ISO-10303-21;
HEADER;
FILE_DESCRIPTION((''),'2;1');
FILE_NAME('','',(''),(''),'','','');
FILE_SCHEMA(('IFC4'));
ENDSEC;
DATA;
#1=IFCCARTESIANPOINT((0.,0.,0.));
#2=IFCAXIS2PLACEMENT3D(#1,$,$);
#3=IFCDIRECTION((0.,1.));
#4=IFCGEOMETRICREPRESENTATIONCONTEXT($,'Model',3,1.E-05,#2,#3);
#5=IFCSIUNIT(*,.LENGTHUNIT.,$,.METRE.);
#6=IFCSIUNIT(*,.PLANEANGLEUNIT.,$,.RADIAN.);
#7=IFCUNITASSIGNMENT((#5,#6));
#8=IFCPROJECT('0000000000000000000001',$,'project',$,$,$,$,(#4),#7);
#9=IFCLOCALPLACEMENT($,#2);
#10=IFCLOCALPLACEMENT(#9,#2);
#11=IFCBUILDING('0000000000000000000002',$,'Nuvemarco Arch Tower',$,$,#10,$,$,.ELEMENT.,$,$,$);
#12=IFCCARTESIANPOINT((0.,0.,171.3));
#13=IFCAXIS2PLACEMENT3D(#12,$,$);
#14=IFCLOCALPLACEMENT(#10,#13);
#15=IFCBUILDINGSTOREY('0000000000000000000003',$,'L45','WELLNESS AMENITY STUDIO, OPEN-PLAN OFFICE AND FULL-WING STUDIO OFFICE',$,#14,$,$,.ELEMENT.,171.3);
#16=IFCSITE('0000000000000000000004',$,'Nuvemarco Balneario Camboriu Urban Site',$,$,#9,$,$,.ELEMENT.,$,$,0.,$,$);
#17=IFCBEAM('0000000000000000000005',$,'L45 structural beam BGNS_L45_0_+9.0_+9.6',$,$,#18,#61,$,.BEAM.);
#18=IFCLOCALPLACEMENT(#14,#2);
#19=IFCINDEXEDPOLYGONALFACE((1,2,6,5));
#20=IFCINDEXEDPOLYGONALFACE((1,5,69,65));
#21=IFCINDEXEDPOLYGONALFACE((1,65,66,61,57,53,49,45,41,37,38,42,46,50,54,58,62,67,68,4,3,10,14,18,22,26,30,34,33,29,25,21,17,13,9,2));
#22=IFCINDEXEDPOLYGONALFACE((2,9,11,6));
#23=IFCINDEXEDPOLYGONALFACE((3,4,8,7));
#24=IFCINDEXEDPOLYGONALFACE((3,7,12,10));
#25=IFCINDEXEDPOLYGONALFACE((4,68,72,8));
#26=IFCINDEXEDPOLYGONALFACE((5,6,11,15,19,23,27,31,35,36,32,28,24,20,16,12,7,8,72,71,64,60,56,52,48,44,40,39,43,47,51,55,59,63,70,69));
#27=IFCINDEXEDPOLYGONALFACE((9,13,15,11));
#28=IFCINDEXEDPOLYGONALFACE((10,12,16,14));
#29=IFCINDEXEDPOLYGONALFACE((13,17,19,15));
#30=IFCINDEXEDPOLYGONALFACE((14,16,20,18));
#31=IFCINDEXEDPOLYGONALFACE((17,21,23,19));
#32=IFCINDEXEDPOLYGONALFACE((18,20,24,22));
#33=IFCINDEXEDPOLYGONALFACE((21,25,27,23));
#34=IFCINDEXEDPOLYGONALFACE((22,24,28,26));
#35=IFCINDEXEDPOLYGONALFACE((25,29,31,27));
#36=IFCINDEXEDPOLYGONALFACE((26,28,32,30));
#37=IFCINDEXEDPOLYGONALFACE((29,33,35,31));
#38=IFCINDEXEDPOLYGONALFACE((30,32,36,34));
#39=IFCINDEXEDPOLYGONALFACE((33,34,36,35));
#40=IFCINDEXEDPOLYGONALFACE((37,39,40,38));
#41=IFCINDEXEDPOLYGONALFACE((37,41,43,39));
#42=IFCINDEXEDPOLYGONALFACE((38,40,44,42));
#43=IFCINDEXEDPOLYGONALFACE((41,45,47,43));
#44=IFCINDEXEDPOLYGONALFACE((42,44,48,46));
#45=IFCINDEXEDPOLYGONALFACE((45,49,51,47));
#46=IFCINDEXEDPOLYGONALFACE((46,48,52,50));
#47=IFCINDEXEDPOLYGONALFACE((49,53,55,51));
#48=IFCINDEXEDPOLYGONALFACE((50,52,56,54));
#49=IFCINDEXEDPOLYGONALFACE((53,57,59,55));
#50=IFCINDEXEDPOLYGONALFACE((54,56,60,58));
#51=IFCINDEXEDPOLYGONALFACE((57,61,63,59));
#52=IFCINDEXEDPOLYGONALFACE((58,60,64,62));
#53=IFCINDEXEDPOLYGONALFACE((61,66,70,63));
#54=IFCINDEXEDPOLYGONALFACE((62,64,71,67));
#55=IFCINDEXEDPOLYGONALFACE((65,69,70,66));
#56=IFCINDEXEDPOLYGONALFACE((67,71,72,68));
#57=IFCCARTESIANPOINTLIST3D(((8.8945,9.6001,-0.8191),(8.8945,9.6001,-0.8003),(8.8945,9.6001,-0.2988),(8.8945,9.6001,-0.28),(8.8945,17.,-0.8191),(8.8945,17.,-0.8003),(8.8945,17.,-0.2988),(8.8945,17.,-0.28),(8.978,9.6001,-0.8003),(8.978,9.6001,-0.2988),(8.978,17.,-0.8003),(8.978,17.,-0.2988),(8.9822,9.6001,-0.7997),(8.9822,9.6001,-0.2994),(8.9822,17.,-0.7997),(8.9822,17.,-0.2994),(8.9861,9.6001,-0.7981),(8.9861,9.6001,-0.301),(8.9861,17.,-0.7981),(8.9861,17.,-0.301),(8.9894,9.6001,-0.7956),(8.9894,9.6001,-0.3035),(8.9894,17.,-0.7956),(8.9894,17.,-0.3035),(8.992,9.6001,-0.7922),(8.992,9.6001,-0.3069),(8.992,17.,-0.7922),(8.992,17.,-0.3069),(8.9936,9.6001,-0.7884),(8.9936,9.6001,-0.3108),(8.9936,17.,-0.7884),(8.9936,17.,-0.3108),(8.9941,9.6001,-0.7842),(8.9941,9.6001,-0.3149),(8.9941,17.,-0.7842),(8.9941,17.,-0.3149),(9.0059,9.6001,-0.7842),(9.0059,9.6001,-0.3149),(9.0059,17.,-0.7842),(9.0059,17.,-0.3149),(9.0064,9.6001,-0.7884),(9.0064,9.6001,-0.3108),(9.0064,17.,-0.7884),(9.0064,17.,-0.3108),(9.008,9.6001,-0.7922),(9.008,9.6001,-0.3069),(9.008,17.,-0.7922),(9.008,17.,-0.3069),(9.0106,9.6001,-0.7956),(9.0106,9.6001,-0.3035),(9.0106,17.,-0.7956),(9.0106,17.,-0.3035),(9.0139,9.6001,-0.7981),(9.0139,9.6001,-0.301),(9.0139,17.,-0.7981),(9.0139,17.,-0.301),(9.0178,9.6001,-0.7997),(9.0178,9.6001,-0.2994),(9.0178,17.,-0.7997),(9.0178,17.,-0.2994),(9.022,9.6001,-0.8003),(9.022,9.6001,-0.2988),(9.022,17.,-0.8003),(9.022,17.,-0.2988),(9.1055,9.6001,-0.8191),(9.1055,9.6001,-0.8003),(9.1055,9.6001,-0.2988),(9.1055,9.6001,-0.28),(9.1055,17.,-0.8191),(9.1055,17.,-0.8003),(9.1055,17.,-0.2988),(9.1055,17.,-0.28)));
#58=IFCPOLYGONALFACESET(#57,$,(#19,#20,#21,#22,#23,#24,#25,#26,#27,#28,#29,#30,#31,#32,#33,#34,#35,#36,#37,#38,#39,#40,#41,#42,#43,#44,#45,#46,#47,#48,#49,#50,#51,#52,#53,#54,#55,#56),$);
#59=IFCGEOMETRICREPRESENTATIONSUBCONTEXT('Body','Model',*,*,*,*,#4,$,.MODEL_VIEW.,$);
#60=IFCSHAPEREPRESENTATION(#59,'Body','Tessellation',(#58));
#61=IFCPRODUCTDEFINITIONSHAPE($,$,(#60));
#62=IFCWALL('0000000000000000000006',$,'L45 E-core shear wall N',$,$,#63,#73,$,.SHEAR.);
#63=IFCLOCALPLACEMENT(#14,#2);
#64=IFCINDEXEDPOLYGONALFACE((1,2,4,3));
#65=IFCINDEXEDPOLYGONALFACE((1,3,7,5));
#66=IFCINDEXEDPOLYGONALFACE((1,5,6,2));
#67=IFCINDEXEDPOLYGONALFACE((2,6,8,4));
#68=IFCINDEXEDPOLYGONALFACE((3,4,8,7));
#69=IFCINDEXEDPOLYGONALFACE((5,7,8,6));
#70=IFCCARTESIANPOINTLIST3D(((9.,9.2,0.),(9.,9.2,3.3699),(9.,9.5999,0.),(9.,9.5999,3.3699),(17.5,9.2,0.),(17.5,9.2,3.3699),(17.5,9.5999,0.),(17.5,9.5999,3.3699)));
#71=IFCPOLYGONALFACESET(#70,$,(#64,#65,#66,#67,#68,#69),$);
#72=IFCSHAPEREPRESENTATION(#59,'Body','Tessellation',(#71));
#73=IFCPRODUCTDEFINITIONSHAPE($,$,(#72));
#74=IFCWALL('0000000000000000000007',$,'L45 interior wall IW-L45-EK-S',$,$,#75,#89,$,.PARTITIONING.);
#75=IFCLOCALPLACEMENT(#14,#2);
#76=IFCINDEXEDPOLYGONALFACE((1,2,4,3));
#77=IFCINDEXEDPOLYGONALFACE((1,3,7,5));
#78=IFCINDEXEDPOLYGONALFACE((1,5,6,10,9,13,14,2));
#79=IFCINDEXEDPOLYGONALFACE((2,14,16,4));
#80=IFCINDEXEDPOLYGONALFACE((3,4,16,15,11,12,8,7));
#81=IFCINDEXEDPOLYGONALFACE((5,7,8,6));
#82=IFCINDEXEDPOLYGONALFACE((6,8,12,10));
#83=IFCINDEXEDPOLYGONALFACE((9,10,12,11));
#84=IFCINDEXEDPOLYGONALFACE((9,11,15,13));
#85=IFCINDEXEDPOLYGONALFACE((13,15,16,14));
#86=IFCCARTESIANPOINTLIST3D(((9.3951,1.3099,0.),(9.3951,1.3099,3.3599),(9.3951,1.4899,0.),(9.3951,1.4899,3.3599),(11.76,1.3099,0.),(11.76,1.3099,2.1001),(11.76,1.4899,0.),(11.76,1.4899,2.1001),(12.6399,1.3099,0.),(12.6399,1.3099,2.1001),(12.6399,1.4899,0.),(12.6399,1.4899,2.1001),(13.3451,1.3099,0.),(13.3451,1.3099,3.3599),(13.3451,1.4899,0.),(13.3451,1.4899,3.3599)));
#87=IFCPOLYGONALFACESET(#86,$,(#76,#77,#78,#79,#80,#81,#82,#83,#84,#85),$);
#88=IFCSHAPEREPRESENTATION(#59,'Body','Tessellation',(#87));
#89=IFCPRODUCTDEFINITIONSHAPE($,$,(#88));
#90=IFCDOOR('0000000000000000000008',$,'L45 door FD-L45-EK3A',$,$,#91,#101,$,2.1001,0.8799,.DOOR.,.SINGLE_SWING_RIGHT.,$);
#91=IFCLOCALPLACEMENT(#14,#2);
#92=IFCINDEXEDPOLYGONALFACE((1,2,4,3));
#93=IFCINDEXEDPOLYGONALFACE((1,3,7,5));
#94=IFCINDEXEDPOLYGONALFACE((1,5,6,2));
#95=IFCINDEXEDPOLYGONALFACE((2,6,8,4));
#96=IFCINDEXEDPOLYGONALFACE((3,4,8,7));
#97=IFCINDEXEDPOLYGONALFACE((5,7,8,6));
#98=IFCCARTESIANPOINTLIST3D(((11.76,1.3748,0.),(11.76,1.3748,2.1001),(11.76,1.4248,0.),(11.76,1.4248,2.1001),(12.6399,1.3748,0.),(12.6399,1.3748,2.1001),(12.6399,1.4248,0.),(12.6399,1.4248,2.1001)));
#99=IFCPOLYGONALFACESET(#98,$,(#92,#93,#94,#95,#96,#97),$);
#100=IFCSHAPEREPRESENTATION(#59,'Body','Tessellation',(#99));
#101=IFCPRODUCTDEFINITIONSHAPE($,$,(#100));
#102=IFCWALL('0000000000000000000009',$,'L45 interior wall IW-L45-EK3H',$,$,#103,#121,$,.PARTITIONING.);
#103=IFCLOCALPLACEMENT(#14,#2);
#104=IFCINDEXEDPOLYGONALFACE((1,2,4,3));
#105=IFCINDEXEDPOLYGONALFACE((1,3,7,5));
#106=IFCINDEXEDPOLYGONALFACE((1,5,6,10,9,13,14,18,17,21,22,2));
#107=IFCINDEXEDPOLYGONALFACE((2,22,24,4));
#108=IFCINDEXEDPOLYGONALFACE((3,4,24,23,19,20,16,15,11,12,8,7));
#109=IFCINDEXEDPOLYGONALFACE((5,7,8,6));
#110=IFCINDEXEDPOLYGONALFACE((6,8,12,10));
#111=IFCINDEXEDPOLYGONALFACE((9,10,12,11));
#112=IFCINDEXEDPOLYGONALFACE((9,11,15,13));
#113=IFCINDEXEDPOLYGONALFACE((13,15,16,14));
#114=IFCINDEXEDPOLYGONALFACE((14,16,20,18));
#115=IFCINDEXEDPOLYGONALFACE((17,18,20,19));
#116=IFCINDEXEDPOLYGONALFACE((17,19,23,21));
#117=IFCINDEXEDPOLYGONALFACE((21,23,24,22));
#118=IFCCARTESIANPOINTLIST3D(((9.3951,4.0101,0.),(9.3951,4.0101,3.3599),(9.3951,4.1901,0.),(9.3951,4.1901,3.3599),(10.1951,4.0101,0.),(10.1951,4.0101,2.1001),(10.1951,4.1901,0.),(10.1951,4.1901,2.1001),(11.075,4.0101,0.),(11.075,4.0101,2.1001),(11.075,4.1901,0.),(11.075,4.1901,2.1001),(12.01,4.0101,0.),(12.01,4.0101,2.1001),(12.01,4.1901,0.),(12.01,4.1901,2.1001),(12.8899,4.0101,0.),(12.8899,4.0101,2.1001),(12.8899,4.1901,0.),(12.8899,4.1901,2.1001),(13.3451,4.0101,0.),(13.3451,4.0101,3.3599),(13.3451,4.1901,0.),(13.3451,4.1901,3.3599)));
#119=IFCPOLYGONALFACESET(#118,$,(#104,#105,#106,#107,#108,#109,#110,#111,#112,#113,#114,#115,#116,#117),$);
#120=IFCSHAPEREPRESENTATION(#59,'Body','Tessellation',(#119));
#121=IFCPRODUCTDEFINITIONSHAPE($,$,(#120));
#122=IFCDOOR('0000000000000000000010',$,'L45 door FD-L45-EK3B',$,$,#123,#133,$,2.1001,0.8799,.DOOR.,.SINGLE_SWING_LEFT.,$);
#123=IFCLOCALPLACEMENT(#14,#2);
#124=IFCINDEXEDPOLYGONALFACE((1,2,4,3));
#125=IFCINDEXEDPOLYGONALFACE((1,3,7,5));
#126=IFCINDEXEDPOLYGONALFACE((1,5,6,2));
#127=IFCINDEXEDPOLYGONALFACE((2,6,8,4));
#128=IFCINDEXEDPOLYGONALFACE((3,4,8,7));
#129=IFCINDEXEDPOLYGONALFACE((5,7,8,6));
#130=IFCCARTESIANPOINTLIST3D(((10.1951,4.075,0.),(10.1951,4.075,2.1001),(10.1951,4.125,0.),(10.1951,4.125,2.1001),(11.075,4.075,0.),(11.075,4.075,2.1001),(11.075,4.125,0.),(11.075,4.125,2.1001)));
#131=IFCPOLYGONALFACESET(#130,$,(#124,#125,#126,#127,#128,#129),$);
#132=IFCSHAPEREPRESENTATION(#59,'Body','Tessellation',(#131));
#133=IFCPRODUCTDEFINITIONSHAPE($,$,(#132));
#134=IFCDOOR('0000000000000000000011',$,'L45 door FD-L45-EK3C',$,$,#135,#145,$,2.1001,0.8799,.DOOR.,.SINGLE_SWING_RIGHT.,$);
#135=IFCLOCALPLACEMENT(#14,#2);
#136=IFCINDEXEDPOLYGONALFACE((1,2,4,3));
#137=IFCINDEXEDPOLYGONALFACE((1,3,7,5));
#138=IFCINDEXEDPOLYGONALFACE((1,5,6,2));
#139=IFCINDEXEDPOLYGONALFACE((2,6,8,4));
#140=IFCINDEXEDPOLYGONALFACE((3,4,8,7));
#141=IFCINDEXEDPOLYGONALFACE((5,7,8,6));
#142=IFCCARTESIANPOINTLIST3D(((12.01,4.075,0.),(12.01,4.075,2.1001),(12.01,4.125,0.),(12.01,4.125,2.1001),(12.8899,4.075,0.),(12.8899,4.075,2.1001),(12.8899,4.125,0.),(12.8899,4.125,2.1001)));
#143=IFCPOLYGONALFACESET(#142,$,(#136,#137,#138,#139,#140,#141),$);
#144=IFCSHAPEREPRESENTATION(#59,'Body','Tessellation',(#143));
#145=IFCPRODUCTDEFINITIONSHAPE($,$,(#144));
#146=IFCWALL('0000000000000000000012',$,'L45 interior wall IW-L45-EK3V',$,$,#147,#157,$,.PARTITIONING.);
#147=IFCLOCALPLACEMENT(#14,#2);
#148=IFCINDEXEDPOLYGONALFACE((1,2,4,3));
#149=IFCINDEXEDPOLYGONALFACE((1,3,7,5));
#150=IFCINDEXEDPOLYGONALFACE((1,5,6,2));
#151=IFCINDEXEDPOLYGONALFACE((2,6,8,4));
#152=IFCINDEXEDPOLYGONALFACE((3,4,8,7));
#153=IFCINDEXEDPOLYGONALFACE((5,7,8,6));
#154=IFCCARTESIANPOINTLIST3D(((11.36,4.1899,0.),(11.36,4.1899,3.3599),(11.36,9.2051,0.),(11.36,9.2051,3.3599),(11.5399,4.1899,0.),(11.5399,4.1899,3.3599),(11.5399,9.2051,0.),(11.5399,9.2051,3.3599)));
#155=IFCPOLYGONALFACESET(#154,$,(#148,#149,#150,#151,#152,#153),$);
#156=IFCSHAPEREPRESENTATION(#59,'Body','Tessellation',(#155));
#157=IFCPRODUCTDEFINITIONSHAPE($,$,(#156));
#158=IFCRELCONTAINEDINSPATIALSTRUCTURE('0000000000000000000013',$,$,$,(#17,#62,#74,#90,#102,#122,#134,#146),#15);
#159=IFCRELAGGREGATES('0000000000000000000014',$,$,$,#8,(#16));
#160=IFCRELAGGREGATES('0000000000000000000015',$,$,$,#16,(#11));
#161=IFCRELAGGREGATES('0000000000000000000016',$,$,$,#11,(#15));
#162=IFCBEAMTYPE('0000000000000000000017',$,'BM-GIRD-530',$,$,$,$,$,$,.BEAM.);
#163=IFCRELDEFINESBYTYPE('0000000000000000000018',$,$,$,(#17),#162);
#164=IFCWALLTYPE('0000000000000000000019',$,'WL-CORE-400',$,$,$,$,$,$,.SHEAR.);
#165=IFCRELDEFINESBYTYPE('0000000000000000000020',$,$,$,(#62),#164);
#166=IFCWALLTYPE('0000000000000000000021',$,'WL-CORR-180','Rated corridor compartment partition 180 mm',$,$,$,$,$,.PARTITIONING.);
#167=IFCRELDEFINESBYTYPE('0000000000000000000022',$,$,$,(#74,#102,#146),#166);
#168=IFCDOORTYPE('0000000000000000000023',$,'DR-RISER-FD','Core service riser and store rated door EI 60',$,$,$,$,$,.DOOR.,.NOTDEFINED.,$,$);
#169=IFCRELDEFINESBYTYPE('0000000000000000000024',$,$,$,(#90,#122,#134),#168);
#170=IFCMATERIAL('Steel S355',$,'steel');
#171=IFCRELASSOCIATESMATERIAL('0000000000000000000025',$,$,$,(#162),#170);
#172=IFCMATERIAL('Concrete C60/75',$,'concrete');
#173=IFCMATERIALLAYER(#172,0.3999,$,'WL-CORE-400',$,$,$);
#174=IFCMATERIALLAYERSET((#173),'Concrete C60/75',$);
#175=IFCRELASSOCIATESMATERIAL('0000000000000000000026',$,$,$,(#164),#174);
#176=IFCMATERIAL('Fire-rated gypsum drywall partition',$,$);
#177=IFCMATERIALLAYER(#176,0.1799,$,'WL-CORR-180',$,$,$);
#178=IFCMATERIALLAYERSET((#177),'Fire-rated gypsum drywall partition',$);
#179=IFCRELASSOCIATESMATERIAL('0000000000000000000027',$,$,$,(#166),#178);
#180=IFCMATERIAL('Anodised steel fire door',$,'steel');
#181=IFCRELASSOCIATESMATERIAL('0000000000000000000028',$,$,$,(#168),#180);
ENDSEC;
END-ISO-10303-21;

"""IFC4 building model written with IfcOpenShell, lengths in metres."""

from ifc_helpers import new_model, si_unit, direction, frame, frame_2d, origin, origin_2d, place, context, subcontext, project, spatial, rectangle, i_section, extrude, source, transform, mapped, material, layer, layer_set, material_profile, profile_set, type_object, type_shapes, element, fill, save


model = new_model("IFC4")

# Units and contexts
model_context = context("Model", 3, precision=1e-05, world=origin(), true_north=direction((0.0, 1.0)))
body_context = subcontext(model_context, "Body", "Model", "MODEL_VIEW")
ifc_project = project(units=[si_unit("LENGTHUNIT", "METRE"), si_unit("PLANEANGLEUNIT", "RADIAN")], contexts=[model_context])

# Site, building, storey
site_placement = place(None, origin())
site = spatial("IfcSite", under=ifc_project, at=site_placement, Name="Nuvemarco Balneario Camboriu Urban Site", CompositionType="ELEMENT", RefElevation=0.0)
building_placement = place(site_placement, origin())
building = spatial("IfcBuilding", under=site, at=building_placement, Name="Nuvemarco Arch Tower", CompositionType="ELEMENT")
storey_placement = place(building_placement, frame((0.0, 0.0, 171.3)))
storey = spatial("IfcBuildingStorey", under=building, at=storey_placement, Name="L45", Description="WELLNESS AMENITY STUDIO, OPEN-PLAN OFFICE AND FULL-WING STUDIO OFFICE", CompositionType="ELEMENT", Elevation=171.3)

# Shared definitions
ifc_material_1 = material(Name="Steel S355", Category="steel")

# Beam
ifc_material_2 = material(Name="Concrete C60/75", Category="concrete")
ifc_material_profile_1 = material_profile(ifc_material_1, i_section(OverallWidth=0.2109, OverallDepth=0.5391, WebThickness=0.0117, FlangeThickness=0.0188, FilletRadius=0.0161, at=origin_2d()), Name="W530x109")
ifc_profile_set_1 = profile_set([ifc_material_profile_1], Name="Steel S355")
beam_type_1 = type_object("IfcBeamType", Name="BM-GIRD-530", PredefinedType="BEAM", material=ifc_profile_set_1)
beam_1_placement = place(storey_placement, frame((9.0, 9.6001, -0.5496), z_axis=(0.0, 1.0, 0.0), x_axis=(-1.0, 0.0, 0.0)))
element("IfcBeam", 1, at=beam_1_placement, inside=storey, type_object=beam_type_1, Name="L45 structural beam BGNS_L45_0_+9.0_+9.6", PredefinedType="BEAM", context=body_context, shape_type="SweptSolid", body=[
    extrude(i_section(OverallWidth=0.2109, OverallDepth=0.5391, WebThickness=0.0117, FlangeThickness=0.0188, FilletRadius=0.0161, at=origin_2d()), origin(), (0.0, 0.0, 1.0), 7.3999),
])

# Wall
ifc_layer_1 = layer(ifc_material_2, 0.3999, Name="WL-CORE-400")
ifc_layer_set_1 = layer_set([ifc_layer_1], Name="Concrete C60/75")
wall_type_1 = type_object("IfcWallType", Name="WL-CORE-400", PredefinedType="SHEAR", material=ifc_layer_set_1)
wall_1_placement = place(storey_placement, frame((9.0, 9.3999, 0.0), z_axis=(0.0, 0.0, 1.0), x_axis=(1.0, 0.0, 0.0)))
element("IfcWall", 2, at=wall_1_placement, inside=storey, type_object=wall_type_1, Name="L45 E-core shear wall N", PredefinedType="SHEAR", context=body_context, shape_type="SweptSolid", body=[
    extrude(rectangle(XDim=8.5, YDim=0.3999, at=frame_2d((4.25, 0.0))), origin(), (0.0, 0.0, 1.0), 3.3699),
])

# Wall, opening, door
ifc_material_3 = material(Name="Fire-rated gypsum drywall partition")
ifc_layer_2 = layer(ifc_material_3, 0.1799, Name="WL-CORR-180")
ifc_layer_set_2 = layer_set([ifc_layer_2], Name="Fire-rated gypsum drywall partition")
wall_type_2 = type_object("IfcWallType", Name="WL-CORR-180", Description="Rated corridor compartment partition 180 mm", PredefinedType="PARTITIONING", material=ifc_layer_set_2)
wall_2_placement = place(storey_placement, frame((9.395, 1.3999, 0.0), z_axis=(0.0, 0.0, 1.0), x_axis=(1.0, 0.0, 0.0)))
wall_2 = element("IfcWall", 3, at=wall_2_placement, inside=storey, type_object=wall_type_2, Name="L45 interior wall IW-L45-EK-S", PredefinedType="PARTITIONING", context=body_context, shape_type="SweptSolid", body=[
    extrude(rectangle(XDim=3.95, YDim=0.1799, at=frame_2d((1.9751, 0.0))), origin(), (0.0, 0.0, 1.0), 3.3599),
])
opening_1_placement = place(wall_2_placement, frame((2.365, 0.0, 0.0)))
opening_1 = element("IfcOpeningElement", 4, at=opening_1_placement, cuts=wall_2, PredefinedType="OPENING", context=body_context, shape_type="SweptSolid", body=[
    extrude(rectangle(XDim=0.8799, YDim=2.1001, at=frame_2d((0.4399, 1.05))), frame((0.0, 0.0999, 0.0), z_axis=(0.0, -1.0, 0.0), x_axis=(1.0, 0.0, 0.0)), (0.0, 0.0, 1.0), 0.2),
])
ifc_material_4 = material(Name="Anodised steel fire door", Category="steel")
door_type_1 = type_object("IfcDoorType", Name="DR-RISER-FD", Description="Core service riser and store rated door EI 60", OperationType="NOTDEFINED", PredefinedType="DOOR", material=ifc_material_4)
shared_shape_1 = source(origin(), body_context, "Body", "SweptSolid", [
    extrude(rectangle(XDim=0.8799, YDim=2.1001, at=frame_2d((0.4399, 1.05))), frame((0.0, 0.0249, 0.0), z_axis=(0.0, -1.0, 0.0), x_axis=(1.0, 0.0, 0.0)), (0.0, 0.0, 1.0), 0.05),
])
type_shapes(door_type_1, [shared_shape_1])
door_1_placement = place(opening_1_placement, origin())
door_1 = element("IfcDoor", 5, at=door_1_placement, inside=storey, type_object=door_type_1, Name="L45 door FD-L45-EK3A", OperationType="SINGLE_SWING_RIGHT", OverallHeight=2.1001, OverallWidth=0.8799, PredefinedType="DOOR", context=body_context, shape_type="MappedRepresentation", body=[
    mapped(shared_shape_1, transform((0.0, 0.0, 0.0), scale=1.0)),
])
fill(opening_1, door_1)

# Wall, openings, doors
wall_3_placement = place(storey_placement, frame((9.395, 4.1001, 0.0), z_axis=(0.0, 0.0, 1.0), x_axis=(1.0, 0.0, 0.0)))
wall_3 = element("IfcWall", 6, at=wall_3_placement, inside=storey, type_object=wall_type_2, Name="L45 interior wall IW-L45-EK3H", PredefinedType="PARTITIONING", context=body_context, shape_type="SweptSolid", body=[
    extrude(rectangle(XDim=3.95, YDim=0.1799, at=frame_2d((1.9751, 0.0))), origin(), (0.0, 0.0, 1.0), 3.3599),
])
opening_2_placement = place(wall_3_placement, frame((0.8, 0.0, 0.0)))
opening_2 = element("IfcOpeningElement", 7, at=opening_2_placement, cuts=wall_3, PredefinedType="OPENING", context=body_context, shape_type="SweptSolid", body=[
    extrude(rectangle(XDim=0.8799, YDim=2.1001, at=frame_2d((0.4399, 1.05))), frame((0.0, 0.0999, 0.0), z_axis=(0.0, -1.0, 0.0), x_axis=(1.0, 0.0, 0.0)), (0.0, 0.0, 1.0), 0.2),
])
opening_3_placement = place(wall_3_placement, frame((2.615, 0.0, 0.0)))
opening_3 = element("IfcOpeningElement", 8, at=opening_3_placement, cuts=wall_3, PredefinedType="OPENING", context=body_context, shape_type="SweptSolid", body=[
    extrude(rectangle(XDim=0.8799, YDim=2.1001, at=frame_2d((0.4399, 1.05))), frame((0.0, 0.0999, 0.0), z_axis=(0.0, -1.0, 0.0), x_axis=(1.0, 0.0, 0.0)), (0.0, 0.0, 1.0), 0.2),
])
door_2_placement = place(opening_2_placement, origin())
door_2 = element("IfcDoor", 9, at=door_2_placement, inside=storey, type_object=door_type_1, Name="L45 door FD-L45-EK3B", OperationType="SINGLE_SWING_LEFT", OverallHeight=2.1001, OverallWidth=0.8799, PredefinedType="DOOR", context=body_context, shape_type="MappedRepresentation", body=[
    mapped(shared_shape_1, transform((0.0, 0.0, 0.0), scale=1.0)),
])
fill(opening_2, door_2)
door_3_placement = place(opening_3_placement, origin())
door_3 = element("IfcDoor", 10, at=door_3_placement, inside=storey, type_object=door_type_1, Name="L45 door FD-L45-EK3C", OperationType="SINGLE_SWING_RIGHT", OverallHeight=2.1001, OverallWidth=0.8799, PredefinedType="DOOR", context=body_context, shape_type="MappedRepresentation", body=[
    mapped(shared_shape_1, transform((0.0, 0.0, 0.0), scale=1.0)),
])
fill(opening_3, door_3)

# Wall
wall_4_placement = place(storey_placement, frame((11.45, 4.1899, 0.0), z_axis=(0.0, 0.0, 1.0), x_axis=(0.0, 1.0, 0.0)))
element("IfcWall", 11, at=wall_4_placement, inside=storey, type_object=wall_type_2, Name="L45 interior wall IW-L45-EK3V", PredefinedType="PARTITIONING", context=body_context, shape_type="SweptSolid", body=[
    extrude(rectangle(XDim=5.0151, YDim=0.1799, at=frame_2d((2.5076, 0.0))), origin(), (0.0, 0.0, 1.0), 3.3599),
])

save(model, "model.ifc")
